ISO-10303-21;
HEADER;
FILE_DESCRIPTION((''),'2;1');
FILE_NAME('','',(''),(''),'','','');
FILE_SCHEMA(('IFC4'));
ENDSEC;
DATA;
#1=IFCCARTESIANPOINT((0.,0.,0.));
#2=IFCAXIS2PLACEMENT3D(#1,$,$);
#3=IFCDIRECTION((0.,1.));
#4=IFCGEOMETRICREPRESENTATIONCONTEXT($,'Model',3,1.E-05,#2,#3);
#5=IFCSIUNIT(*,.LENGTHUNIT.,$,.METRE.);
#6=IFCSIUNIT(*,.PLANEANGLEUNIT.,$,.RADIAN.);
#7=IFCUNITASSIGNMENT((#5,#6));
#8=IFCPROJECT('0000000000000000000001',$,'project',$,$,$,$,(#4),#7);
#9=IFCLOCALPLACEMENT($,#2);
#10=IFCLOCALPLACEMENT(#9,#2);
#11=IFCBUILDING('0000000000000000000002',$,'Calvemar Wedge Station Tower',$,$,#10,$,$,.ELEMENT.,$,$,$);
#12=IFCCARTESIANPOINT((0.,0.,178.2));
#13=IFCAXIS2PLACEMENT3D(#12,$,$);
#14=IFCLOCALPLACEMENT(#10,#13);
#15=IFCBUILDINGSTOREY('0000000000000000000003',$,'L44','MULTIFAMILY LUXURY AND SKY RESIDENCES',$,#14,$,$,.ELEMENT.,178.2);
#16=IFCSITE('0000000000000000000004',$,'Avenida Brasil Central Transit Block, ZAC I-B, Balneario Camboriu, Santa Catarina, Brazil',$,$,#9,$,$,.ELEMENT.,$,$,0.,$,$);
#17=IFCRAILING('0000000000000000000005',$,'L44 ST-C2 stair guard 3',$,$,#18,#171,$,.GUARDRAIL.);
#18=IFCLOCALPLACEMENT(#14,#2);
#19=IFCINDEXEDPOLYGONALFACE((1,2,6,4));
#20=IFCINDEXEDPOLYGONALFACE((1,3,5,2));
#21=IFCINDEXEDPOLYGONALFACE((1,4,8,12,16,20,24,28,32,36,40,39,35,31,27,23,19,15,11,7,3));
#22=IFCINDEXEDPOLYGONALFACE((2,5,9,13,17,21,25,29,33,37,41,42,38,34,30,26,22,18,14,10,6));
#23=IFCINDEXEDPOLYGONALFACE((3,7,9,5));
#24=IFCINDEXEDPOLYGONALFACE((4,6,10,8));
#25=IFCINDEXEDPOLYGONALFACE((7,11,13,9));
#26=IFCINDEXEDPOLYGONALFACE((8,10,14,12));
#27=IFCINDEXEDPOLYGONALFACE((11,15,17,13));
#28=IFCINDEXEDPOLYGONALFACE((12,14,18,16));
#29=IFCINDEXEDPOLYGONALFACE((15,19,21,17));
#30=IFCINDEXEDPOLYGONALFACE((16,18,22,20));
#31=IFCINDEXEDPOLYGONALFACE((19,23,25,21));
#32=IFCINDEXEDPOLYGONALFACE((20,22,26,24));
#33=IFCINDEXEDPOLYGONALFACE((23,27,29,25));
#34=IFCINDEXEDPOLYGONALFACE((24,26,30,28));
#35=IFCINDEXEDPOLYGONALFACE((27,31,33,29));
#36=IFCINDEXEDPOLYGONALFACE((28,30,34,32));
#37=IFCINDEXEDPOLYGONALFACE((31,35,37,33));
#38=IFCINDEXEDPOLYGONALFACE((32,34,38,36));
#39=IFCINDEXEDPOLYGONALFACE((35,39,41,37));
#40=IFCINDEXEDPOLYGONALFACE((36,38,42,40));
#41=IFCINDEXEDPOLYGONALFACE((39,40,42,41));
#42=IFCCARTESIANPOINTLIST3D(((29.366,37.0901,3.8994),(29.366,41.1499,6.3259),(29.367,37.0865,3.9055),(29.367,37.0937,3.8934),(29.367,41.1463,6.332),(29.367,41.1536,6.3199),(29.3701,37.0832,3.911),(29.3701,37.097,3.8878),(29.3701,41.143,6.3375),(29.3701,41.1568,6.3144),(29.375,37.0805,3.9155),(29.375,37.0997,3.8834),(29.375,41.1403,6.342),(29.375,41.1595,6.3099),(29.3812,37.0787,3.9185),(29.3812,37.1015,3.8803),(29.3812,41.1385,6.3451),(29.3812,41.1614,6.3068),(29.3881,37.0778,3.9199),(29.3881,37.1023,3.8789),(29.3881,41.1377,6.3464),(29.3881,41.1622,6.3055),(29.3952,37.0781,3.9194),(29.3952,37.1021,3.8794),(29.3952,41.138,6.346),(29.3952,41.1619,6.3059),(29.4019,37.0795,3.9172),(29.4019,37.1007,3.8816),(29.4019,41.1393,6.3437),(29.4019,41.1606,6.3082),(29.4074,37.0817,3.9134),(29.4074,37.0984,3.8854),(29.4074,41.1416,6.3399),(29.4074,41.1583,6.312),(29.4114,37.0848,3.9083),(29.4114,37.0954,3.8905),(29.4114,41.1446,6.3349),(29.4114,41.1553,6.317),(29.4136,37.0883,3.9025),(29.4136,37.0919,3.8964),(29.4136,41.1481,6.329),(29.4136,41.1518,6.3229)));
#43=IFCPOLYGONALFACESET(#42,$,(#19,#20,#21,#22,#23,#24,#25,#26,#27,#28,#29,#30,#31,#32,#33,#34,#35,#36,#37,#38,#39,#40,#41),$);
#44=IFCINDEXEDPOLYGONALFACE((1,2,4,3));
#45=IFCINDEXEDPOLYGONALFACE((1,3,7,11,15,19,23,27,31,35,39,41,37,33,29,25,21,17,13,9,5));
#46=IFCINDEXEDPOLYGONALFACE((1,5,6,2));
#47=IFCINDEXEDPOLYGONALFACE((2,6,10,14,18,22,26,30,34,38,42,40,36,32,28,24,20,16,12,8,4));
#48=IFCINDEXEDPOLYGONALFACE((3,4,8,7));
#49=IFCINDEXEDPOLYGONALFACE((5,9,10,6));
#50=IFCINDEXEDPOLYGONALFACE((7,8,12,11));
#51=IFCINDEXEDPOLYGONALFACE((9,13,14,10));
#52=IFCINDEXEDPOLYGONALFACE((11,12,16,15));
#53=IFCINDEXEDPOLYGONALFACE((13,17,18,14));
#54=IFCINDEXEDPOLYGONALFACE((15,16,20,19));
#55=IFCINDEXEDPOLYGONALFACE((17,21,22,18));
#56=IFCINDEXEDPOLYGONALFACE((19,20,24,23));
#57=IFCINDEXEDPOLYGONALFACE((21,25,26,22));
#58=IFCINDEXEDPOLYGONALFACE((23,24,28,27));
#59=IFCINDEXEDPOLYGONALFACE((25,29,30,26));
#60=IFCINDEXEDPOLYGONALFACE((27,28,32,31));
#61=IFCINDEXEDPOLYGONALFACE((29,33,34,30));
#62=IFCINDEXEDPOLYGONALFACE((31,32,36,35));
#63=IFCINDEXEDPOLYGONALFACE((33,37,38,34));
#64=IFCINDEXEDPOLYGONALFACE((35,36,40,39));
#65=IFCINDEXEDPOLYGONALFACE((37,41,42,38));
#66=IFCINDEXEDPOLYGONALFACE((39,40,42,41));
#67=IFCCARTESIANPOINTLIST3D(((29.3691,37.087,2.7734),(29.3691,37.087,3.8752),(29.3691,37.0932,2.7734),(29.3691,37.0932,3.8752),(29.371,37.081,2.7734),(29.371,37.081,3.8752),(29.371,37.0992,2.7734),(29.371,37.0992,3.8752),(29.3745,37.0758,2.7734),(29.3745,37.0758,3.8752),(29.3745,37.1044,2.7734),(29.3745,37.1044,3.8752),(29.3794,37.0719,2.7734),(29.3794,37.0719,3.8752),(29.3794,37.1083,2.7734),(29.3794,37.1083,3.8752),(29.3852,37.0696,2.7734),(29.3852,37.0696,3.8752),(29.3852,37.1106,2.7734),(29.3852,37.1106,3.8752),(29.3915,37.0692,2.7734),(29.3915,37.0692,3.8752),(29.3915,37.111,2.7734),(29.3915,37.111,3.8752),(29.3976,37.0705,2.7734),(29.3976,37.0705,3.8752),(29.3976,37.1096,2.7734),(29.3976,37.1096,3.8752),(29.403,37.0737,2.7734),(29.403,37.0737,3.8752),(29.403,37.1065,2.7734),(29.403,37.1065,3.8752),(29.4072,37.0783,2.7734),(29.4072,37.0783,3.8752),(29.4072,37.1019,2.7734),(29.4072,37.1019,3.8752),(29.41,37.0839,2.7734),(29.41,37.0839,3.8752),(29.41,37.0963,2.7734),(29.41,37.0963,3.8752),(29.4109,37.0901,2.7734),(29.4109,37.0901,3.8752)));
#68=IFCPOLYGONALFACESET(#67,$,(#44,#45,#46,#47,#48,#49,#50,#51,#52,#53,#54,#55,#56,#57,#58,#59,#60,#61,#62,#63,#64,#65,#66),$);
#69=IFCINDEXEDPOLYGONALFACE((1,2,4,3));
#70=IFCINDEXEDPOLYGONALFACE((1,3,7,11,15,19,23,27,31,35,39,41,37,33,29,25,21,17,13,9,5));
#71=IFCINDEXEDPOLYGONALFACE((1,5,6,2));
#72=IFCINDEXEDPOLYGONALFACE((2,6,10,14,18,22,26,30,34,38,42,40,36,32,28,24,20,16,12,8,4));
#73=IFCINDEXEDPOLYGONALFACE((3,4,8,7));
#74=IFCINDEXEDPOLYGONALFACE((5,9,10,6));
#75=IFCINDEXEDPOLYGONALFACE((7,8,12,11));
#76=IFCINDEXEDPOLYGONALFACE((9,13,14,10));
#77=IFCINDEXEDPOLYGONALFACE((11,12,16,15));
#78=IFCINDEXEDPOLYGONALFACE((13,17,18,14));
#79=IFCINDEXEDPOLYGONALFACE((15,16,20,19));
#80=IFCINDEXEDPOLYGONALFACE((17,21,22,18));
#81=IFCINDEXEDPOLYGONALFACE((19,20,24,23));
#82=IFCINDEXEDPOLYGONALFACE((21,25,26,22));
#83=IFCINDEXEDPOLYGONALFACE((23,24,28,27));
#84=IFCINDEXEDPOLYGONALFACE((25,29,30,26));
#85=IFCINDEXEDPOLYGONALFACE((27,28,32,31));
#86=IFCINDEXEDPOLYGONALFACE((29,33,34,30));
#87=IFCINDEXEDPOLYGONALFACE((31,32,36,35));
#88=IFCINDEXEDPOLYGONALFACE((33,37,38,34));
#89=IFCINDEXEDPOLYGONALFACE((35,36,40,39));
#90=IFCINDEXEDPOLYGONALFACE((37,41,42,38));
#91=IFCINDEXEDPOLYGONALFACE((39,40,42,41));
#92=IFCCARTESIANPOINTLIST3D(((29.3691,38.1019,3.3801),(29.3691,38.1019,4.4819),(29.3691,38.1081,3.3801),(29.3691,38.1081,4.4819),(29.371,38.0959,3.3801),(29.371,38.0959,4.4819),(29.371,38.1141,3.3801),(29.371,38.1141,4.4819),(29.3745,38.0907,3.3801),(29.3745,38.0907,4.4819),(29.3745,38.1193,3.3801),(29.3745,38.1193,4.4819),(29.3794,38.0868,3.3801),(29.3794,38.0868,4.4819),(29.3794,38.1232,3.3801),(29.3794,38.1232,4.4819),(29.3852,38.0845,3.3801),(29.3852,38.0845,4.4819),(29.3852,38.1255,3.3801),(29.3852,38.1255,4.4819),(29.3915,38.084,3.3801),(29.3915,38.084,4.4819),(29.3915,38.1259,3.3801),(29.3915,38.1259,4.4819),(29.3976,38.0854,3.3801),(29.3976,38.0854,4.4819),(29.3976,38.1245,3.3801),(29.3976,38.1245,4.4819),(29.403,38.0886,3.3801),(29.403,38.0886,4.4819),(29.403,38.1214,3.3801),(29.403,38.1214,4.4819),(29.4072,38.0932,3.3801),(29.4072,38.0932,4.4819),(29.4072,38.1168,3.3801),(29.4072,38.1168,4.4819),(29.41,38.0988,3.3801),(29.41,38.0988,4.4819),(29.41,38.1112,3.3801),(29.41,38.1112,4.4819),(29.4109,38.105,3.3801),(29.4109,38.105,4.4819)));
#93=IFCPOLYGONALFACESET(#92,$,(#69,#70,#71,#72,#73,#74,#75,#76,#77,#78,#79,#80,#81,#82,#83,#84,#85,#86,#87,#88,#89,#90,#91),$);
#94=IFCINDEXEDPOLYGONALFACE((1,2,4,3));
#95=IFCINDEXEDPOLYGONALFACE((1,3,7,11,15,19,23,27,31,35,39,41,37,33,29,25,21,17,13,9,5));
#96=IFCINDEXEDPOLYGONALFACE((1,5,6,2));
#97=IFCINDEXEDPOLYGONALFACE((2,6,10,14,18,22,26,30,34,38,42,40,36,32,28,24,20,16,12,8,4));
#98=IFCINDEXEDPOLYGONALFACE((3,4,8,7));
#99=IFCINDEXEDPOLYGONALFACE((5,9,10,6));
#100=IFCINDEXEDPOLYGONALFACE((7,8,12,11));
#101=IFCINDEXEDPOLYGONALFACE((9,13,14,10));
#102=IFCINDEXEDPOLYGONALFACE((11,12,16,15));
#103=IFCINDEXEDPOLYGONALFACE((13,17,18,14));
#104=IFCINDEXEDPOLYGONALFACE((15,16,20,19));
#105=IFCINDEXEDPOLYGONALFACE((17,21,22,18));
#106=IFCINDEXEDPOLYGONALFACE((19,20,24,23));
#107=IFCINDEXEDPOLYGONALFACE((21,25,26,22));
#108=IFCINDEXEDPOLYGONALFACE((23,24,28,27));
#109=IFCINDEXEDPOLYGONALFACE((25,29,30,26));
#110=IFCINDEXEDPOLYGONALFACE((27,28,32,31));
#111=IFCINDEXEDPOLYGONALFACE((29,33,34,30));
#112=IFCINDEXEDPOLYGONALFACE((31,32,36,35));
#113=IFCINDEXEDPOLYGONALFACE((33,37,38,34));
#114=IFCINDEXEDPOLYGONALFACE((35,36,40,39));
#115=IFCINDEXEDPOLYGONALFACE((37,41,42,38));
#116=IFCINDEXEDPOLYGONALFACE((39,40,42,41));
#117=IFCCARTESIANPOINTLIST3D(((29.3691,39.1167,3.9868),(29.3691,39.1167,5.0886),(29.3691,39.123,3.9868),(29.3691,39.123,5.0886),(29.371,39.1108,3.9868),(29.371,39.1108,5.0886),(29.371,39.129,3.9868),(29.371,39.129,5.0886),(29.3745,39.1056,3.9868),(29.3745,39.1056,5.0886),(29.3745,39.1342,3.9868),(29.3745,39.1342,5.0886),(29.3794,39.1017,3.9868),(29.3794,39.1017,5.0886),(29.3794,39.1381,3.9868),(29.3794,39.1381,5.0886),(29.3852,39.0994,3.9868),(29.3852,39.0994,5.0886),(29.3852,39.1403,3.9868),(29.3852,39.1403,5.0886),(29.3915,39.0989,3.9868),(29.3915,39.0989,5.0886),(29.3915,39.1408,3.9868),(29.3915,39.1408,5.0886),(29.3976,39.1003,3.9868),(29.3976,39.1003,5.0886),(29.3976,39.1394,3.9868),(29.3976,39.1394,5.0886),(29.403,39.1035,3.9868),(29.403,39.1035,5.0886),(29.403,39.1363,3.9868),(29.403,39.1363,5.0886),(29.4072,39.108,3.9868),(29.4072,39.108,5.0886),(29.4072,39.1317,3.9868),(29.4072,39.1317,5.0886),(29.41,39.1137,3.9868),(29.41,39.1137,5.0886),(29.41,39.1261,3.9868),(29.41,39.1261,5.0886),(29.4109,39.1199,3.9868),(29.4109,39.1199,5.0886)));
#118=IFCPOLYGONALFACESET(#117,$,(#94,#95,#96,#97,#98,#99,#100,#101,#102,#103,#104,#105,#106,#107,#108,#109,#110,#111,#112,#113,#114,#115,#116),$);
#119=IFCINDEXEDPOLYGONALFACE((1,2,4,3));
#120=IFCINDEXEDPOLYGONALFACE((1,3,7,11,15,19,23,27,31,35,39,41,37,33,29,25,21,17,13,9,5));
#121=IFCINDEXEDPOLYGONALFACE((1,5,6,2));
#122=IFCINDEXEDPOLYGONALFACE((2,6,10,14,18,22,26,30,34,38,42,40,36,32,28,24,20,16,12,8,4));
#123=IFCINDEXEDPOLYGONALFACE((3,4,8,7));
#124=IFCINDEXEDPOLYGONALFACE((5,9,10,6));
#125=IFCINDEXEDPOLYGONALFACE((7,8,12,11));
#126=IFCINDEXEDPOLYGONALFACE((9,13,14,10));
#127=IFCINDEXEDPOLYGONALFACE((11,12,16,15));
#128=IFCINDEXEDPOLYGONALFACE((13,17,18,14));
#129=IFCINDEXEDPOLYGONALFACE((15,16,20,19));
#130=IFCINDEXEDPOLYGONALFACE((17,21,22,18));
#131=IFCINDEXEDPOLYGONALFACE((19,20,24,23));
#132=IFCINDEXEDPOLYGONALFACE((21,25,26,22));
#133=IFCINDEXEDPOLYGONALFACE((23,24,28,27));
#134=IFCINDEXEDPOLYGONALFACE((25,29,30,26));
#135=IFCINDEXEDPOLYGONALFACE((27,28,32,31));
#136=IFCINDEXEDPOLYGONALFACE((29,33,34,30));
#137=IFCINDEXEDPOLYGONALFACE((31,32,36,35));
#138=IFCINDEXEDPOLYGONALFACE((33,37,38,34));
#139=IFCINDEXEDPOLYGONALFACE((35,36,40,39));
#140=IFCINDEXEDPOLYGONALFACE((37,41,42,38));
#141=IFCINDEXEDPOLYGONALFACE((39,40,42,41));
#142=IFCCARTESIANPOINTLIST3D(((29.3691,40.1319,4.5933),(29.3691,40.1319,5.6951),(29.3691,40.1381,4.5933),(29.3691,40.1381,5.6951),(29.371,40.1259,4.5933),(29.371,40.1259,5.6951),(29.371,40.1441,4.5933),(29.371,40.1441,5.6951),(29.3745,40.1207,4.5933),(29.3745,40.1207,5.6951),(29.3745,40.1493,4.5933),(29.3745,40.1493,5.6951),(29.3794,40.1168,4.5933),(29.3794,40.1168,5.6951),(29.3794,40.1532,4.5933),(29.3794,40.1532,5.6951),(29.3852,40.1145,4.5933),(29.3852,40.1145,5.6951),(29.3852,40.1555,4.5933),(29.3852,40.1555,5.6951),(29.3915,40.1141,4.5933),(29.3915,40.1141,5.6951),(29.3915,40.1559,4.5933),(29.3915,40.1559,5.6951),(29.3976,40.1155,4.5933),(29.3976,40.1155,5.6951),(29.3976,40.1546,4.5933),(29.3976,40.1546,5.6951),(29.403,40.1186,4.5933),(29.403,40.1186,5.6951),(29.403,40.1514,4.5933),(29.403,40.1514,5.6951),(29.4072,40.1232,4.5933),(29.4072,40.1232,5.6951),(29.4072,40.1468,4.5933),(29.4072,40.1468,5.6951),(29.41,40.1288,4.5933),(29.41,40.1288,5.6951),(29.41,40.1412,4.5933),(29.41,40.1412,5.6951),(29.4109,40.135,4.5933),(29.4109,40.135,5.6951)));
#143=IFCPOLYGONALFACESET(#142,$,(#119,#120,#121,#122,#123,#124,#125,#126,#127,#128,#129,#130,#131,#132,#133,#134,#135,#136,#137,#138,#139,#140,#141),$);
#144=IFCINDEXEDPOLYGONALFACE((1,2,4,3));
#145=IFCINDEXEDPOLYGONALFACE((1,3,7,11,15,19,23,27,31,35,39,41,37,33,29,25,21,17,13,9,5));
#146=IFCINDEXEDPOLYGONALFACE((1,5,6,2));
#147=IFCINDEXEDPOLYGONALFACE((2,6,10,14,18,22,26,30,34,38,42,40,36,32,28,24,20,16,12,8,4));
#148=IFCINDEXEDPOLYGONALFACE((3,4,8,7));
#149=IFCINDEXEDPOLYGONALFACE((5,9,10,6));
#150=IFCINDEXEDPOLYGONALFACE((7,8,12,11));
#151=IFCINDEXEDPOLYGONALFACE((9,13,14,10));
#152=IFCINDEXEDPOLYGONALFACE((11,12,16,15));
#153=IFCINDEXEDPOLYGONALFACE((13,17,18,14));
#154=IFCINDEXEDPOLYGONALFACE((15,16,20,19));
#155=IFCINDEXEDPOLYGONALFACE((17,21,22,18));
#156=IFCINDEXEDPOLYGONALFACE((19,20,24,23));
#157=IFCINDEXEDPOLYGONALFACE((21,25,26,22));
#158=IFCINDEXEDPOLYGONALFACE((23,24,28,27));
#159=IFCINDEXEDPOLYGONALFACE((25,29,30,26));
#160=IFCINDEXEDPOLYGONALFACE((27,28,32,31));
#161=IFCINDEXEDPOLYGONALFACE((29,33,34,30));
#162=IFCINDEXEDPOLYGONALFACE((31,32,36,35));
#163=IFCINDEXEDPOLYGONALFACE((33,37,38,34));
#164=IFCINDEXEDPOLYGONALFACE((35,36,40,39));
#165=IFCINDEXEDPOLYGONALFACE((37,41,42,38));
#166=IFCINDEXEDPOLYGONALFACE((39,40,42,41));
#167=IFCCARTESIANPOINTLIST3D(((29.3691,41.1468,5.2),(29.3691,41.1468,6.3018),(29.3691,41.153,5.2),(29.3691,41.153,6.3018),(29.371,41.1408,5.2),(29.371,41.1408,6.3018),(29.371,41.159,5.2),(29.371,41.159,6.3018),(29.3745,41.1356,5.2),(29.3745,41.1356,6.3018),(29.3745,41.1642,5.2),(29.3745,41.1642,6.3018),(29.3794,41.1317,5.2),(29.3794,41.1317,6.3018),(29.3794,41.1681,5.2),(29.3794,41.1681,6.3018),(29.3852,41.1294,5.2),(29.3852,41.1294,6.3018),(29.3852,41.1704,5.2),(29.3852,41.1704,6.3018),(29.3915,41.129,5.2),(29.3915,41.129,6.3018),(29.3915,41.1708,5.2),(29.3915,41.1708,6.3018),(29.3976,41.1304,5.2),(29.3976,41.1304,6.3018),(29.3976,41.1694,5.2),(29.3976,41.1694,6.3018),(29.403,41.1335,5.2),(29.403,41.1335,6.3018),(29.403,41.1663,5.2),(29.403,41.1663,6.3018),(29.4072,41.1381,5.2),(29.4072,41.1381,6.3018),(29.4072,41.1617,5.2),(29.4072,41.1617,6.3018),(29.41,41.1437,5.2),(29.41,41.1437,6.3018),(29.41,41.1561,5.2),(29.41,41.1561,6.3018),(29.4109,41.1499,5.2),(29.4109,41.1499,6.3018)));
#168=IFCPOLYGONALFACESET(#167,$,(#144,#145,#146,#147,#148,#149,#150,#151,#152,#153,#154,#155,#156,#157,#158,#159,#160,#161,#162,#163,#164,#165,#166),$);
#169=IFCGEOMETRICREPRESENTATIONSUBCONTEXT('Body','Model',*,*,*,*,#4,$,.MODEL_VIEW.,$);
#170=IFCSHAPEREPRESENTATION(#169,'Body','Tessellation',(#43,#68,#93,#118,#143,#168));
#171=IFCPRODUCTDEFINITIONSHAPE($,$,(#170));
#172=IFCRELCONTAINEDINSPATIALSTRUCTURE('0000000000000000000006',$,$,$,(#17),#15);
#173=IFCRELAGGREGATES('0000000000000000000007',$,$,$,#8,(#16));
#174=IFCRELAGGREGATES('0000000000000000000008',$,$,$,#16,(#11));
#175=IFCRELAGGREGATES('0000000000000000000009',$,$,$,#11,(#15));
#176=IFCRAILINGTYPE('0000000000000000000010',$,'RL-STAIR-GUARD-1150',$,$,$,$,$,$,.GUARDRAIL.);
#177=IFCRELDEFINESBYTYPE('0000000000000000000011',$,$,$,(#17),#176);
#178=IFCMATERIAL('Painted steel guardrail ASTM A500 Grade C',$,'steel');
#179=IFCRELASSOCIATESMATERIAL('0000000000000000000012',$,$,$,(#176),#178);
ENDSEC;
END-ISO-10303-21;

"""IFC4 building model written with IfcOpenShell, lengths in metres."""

from ifc_helpers import new_model, si_unit, direction, frame, origin, origin_2d, place, context, subcontext, project, spatial, circle, extrude, material, type_object, element, save


model = new_model("IFC4")

# Units and contexts
model_context = context("Model", 3, precision=1e-05, world=origin(), true_north=direction((0.0, 1.0)))
body_context = subcontext(model_context, "Body", "Model", "MODEL_VIEW")
ifc_project = project(units=[si_unit("LENGTHUNIT", "METRE"), si_unit("PLANEANGLEUNIT", "RADIAN")], contexts=[model_context])

# Site, building, storey
site_placement = place(None, origin())
site = spatial("IfcSite", under=ifc_project, at=site_placement, Name="Avenida Brasil Central Transit Block, ZAC I-B, Balneario Camboriu, Santa Catarina, Brazil", CompositionType="ELEMENT", RefElevation=0.0)
building_placement = place(site_placement, origin())
building = spatial("IfcBuilding", under=site, at=building_placement, Name="Calvemar Wedge Station Tower", CompositionType="ELEMENT")
storey_placement = place(building_placement, frame((0.0, 0.0, 178.2)))
storey = spatial("IfcBuildingStorey", under=building, at=storey_placement, Name="L44", Description="MULTIFAMILY LUXURY AND SKY RESIDENCES", CompositionType="ELEMENT", Elevation=178.2)

# Railing
ifc_material_1 = material(Name="Painted steel guardrail ASTM A500 Grade C", Category="steel")
railing_type_1 = type_object("IfcRailingType", Name="RL-STAIR-GUARD-1150", PredefinedType="GUARDRAIL", material=ifc_material_1)
railing_1_placement = place(storey_placement, frame((29.3899, 37.0901, 2.7734)))
element("IfcRailing", 1, at=railing_1_placement, inside=storey, type_object=railing_type_1, Name="L44 ST-C2 stair guard 3", PredefinedType="GUARDRAIL", context=body_context, shape_type="SweptSolid", body=[
    extrude(circle(Radius=0.0239, at=origin_2d()), frame((0.0, 0.0, 1.126), z_axis=(0.0, 0.858366, 0.513038), x_axis=(-1.0, 0.0, 0.0)), (0.0, 0.0, 1.0), 4.7297),
    extrude(circle(Radius=0.021, at=origin_2d()), origin(), (0.0, 0.0, 1.0), 1.1018),
    extrude(circle(Radius=0.021, at=origin_2d()), frame((0.0, 1.0149, 0.6067)), (0.0, 0.0, 1.0), 1.1018),
    extrude(circle(Radius=0.021, at=origin_2d()), frame((0.0, 2.0298, 1.2134)), (0.0, 0.0, 1.0), 1.1018),
    extrude(circle(Radius=0.021, at=origin_2d()), frame((0.0, 3.0449, 1.8198)), (0.0, 0.0, 1.0), 1.1018),
    extrude(circle(Radius=0.021, at=origin_2d()), frame((0.0, 4.0598, 2.4265)), (0.0, 0.0, 1.0), 1.1018),
])

save(model, "model.ifc")
